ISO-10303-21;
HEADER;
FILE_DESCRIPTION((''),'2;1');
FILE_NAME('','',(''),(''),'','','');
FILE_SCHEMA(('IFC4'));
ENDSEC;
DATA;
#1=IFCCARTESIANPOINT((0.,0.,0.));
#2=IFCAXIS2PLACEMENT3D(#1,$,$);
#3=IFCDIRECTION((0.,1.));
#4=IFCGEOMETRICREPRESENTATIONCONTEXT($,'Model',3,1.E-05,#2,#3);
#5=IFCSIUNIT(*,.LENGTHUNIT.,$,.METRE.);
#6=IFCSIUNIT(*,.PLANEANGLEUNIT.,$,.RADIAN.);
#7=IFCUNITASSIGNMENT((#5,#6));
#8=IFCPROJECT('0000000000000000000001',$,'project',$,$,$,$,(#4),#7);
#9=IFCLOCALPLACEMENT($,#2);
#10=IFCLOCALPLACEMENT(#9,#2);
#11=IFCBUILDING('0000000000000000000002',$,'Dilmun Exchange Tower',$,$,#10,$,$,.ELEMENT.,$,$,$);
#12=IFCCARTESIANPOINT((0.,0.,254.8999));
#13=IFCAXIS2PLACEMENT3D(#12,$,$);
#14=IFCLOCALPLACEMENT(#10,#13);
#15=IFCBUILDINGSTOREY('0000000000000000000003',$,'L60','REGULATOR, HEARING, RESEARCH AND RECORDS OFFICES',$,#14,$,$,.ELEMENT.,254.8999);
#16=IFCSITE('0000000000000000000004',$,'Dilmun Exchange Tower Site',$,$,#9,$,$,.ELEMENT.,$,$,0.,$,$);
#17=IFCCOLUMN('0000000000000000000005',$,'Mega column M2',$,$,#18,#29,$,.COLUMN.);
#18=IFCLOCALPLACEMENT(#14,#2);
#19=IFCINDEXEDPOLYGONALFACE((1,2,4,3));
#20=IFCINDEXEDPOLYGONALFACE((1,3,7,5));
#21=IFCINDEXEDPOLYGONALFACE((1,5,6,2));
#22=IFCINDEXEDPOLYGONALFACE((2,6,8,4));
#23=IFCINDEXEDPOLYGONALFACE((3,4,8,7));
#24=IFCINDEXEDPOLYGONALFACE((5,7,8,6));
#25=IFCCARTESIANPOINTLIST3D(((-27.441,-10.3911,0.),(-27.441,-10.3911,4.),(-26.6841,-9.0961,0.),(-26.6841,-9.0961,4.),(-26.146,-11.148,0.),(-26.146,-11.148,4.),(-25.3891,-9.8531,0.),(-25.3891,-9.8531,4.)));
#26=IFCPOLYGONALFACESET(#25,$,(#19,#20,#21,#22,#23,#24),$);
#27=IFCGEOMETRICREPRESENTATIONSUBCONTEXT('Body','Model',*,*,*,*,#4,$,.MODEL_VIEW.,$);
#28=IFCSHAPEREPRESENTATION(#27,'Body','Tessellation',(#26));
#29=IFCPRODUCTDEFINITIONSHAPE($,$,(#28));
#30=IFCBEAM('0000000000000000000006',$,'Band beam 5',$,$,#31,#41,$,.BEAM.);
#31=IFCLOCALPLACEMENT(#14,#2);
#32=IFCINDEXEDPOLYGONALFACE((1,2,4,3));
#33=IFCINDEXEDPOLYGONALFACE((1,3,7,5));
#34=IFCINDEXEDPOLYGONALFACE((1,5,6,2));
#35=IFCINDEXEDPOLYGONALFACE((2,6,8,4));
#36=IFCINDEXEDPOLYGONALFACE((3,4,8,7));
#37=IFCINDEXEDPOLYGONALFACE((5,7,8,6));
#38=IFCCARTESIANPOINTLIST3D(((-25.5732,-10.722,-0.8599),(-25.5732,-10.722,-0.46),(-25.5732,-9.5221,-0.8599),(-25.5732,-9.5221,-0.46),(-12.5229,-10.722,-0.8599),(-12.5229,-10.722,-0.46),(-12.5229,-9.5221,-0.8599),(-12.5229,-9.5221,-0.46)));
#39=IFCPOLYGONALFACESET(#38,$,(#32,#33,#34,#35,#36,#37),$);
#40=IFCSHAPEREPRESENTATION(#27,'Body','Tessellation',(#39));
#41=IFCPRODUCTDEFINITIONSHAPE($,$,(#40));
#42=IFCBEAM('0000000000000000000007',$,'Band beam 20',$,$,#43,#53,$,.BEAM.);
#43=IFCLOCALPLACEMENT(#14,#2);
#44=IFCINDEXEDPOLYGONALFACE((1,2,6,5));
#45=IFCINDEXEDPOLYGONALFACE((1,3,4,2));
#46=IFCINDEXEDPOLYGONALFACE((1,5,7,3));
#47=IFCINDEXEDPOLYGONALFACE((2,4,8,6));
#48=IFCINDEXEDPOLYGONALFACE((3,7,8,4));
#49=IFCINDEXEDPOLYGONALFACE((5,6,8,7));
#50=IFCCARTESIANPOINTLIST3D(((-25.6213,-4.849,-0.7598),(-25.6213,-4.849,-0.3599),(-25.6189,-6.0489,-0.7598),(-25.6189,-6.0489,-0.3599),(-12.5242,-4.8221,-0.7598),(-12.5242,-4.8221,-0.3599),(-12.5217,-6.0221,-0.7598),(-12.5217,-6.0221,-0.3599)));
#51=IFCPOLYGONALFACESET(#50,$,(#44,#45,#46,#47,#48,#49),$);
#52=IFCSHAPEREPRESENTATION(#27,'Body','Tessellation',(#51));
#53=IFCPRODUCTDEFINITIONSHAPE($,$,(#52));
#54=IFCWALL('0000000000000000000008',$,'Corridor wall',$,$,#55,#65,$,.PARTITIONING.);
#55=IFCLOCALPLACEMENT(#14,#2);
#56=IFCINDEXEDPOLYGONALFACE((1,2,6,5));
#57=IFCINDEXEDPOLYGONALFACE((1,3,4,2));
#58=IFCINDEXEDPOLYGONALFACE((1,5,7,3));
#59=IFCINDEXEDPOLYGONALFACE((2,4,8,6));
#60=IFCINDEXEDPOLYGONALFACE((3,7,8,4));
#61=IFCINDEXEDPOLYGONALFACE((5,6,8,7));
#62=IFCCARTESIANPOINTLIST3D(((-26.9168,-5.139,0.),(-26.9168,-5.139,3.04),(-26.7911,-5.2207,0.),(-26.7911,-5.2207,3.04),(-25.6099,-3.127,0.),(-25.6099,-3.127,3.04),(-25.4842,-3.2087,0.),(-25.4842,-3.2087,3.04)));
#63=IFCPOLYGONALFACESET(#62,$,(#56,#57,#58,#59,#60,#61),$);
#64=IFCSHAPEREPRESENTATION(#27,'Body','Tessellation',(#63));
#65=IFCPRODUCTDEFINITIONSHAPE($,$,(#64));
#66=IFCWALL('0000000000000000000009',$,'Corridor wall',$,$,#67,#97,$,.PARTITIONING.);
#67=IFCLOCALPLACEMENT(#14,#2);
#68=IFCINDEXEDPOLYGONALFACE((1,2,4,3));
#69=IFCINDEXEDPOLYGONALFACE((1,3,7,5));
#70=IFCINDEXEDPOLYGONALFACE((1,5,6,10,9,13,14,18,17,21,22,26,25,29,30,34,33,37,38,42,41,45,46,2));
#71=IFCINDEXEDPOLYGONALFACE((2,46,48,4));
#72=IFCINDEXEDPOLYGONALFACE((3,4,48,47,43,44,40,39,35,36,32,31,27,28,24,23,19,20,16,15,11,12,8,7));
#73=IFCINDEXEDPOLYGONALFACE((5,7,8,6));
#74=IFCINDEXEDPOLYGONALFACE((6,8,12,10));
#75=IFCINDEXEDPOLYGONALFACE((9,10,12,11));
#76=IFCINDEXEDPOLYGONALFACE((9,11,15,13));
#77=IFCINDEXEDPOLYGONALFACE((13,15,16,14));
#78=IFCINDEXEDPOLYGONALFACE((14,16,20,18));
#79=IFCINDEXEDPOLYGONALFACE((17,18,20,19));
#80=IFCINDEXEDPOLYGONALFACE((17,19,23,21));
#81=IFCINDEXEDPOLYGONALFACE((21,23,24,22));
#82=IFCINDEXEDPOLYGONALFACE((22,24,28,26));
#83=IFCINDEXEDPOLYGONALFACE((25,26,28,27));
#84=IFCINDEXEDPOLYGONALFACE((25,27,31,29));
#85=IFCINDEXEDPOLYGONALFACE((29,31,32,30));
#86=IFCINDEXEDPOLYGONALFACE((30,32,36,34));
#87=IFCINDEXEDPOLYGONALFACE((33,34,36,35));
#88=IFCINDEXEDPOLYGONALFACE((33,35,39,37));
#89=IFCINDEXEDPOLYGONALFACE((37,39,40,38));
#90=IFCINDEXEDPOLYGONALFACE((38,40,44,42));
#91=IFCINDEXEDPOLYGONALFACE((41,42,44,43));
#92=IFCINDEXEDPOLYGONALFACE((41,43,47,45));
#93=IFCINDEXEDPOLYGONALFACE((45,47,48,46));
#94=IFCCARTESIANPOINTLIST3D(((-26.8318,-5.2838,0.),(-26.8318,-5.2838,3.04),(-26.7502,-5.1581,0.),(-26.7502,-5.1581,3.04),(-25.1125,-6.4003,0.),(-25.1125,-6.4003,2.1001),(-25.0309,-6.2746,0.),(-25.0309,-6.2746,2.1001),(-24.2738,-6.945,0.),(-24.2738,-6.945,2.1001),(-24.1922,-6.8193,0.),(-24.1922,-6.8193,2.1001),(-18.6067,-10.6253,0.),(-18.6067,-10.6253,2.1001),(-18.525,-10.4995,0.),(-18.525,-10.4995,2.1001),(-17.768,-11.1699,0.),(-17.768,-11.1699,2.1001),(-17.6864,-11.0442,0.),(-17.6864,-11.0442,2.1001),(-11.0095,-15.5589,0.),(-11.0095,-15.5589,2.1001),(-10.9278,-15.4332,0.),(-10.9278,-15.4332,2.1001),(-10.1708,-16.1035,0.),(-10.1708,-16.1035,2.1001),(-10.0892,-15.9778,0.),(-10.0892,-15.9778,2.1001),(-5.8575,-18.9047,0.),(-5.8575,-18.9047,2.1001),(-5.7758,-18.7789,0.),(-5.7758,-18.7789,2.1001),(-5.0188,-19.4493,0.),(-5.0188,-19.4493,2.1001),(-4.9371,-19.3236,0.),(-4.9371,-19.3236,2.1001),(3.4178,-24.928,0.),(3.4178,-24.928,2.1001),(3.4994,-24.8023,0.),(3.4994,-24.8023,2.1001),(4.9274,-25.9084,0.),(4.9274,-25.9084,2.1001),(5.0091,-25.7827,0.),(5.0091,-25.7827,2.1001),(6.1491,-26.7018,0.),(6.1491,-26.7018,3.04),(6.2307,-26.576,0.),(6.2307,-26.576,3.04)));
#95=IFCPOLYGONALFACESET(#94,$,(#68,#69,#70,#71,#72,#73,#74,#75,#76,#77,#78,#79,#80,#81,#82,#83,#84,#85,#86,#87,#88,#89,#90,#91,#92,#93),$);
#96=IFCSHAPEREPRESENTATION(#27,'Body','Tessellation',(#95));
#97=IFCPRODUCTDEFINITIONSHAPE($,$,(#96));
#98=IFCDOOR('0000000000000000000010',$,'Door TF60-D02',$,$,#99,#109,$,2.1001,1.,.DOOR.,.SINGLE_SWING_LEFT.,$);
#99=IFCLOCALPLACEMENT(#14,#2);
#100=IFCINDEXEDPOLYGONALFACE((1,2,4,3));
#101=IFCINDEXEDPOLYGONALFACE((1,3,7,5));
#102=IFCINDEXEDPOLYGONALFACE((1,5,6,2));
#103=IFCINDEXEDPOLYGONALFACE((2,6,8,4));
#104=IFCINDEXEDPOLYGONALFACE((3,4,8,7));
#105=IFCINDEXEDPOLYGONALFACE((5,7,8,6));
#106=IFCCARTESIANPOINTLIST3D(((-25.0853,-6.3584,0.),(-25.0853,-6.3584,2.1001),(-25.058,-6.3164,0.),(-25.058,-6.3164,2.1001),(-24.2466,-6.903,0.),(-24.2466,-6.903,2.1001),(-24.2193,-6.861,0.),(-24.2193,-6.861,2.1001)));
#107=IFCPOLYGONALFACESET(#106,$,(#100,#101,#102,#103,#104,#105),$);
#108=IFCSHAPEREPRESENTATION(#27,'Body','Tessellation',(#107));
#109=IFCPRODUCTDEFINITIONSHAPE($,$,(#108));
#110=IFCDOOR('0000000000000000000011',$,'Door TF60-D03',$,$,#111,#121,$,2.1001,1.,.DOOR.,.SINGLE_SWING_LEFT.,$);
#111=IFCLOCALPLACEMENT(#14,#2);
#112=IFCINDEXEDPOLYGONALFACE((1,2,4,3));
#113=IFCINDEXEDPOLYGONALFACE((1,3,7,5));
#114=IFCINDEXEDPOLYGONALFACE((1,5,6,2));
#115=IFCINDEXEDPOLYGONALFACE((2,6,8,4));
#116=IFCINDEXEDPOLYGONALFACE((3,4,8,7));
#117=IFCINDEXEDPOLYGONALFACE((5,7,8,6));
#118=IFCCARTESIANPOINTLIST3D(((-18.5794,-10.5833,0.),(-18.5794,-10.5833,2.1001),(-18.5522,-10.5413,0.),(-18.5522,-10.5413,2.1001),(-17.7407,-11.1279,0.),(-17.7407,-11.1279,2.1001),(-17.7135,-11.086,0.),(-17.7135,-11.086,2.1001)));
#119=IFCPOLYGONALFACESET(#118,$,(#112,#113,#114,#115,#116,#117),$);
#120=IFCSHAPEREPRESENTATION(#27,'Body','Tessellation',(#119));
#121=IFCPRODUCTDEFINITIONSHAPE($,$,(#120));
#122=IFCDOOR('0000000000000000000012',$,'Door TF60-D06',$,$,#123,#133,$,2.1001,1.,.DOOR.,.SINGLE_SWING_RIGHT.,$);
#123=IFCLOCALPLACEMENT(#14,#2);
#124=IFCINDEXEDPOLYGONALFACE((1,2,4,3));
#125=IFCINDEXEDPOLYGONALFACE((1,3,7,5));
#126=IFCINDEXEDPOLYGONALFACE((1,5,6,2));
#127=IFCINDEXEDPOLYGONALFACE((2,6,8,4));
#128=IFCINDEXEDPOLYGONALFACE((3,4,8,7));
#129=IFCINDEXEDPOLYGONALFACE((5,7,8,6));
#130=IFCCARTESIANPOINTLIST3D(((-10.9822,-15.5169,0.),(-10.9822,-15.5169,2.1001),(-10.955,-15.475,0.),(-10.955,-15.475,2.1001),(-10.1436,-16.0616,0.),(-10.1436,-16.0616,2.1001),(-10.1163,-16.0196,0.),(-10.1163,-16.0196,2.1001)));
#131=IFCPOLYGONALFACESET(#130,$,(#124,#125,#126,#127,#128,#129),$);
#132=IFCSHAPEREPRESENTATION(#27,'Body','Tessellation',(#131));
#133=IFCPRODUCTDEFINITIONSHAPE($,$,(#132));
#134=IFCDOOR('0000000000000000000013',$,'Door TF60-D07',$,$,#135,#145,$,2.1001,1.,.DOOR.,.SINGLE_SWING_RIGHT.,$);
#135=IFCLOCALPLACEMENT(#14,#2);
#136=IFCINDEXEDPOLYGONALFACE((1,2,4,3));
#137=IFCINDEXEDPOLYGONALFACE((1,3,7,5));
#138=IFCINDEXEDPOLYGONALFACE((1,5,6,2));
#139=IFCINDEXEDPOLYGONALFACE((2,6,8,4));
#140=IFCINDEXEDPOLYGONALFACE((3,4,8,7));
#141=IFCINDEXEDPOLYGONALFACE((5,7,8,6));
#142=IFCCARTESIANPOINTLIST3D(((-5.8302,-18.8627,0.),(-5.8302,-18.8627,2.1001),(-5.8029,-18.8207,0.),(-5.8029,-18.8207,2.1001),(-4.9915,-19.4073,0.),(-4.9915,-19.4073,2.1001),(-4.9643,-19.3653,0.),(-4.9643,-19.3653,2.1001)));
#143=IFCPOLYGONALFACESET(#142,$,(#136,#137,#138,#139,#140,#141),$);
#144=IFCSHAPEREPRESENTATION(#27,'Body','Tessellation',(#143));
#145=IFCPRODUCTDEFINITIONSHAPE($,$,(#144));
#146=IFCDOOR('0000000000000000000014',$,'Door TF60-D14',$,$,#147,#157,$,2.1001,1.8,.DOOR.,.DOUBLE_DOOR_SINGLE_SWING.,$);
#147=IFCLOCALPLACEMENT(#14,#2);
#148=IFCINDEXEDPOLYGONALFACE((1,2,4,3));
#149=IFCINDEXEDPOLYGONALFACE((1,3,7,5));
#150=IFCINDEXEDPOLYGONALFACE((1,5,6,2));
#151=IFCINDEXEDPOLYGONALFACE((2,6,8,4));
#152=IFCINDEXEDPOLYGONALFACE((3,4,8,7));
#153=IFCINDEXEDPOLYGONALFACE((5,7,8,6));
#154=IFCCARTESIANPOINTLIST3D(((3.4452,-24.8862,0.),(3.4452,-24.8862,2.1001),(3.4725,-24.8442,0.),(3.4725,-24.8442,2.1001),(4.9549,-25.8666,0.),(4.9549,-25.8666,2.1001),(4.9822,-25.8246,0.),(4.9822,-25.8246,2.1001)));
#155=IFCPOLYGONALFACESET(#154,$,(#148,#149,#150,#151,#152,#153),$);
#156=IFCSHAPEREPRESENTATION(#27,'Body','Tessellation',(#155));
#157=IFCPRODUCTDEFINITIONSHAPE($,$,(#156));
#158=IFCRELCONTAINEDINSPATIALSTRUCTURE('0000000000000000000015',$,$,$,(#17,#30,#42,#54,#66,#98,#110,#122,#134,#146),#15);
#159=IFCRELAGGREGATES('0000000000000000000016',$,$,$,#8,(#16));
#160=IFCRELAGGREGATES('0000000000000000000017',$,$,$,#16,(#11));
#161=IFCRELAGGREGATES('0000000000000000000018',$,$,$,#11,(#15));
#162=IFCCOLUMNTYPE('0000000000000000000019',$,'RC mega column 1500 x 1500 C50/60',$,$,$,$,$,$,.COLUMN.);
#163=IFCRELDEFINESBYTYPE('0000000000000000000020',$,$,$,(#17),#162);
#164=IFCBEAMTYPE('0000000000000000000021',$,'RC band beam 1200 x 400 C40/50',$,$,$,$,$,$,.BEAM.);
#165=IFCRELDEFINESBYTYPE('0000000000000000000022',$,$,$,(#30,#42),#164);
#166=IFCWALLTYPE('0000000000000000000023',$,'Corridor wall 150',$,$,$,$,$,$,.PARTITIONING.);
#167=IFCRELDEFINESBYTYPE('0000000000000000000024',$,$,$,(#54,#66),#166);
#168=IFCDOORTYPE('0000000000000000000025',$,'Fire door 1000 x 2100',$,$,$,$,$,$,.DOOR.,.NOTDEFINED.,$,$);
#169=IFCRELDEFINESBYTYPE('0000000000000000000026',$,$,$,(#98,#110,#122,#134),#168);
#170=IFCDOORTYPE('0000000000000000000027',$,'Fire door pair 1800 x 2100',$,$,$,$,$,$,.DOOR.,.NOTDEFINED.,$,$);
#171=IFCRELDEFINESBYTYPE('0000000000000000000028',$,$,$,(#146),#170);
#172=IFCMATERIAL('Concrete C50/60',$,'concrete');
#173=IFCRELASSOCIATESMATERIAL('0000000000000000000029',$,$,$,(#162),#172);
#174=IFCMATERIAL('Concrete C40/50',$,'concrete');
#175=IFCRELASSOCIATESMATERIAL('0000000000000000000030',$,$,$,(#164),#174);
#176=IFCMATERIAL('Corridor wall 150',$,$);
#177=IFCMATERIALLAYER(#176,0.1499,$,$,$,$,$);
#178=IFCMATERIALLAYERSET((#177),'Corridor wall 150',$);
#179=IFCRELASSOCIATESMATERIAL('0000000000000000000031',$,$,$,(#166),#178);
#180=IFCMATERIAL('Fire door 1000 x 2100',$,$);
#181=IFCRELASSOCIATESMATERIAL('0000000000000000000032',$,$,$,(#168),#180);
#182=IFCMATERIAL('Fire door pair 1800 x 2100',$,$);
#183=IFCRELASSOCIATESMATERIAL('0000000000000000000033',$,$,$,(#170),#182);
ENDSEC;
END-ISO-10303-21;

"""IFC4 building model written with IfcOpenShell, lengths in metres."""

from ifc_helpers import new_model, si_unit, direction, frame, frame_2d, origin, origin_2d, place, context, subcontext, project, spatial, rectangle, extrude, material, layer, layer_set, material_profile, profile_set, type_object, element, fill, save


model = new_model("IFC4")

# Units and contexts
model_context = context("Model", 3, precision=1e-05, world=origin(), true_north=direction((0.0, 1.0)))
body_context = subcontext(model_context, "Body", "Model", "MODEL_VIEW")
ifc_project = project(units=[si_unit("LENGTHUNIT", "METRE"), si_unit("PLANEANGLEUNIT", "RADIAN")], contexts=[model_context])

# Site, building, storey
site_placement = place(None, origin())
site = spatial("IfcSite", under=ifc_project, at=site_placement, Name="Dilmun Exchange Tower Site", CompositionType="ELEMENT", RefElevation=0.0)
building_placement = place(site_placement, origin())
building = spatial("IfcBuilding", under=site, at=building_placement, Name="Dilmun Exchange Tower", CompositionType="ELEMENT")
storey_placement = place(building_placement, frame((0.0, 0.0, 254.8999)))
storey = spatial("IfcBuildingStorey", under=building, at=storey_placement, Name="L60", Description="REGULATOR, HEARING, RESEARCH AND RECORDS OFFICES", CompositionType="ELEMENT", Elevation=254.8999)

# Column
ifc_material_1 = material(Name="Concrete C50/60", Category="concrete")
ifc_material_profile_1 = material_profile(ifc_material_1, rectangle(XDim=1.5, YDim=1.5, at=origin_2d()), Name="1500 x 1500")
ifc_profile_set_1 = profile_set([ifc_material_profile_1], Name="Concrete C50/60")
column_type = type_object("IfcColumnType", Name="RC mega column 1500 x 1500 C50/60", PredefinedType="COLUMN", material=ifc_profile_set_1)
column_placement = place(storey_placement, frame((-26.415, -10.1221, 0.0), z_axis=(0.0, 0.0, 1.0), x_axis=(0.504644, 0.863328, 0.0)))
element("IfcColumn", 1, at=column_placement, inside=storey, type_object=column_type, Name="Mega column M2", PredefinedType="COLUMN", context=body_context, shape_type="SweptSolid", body=[
    extrude(rectangle(XDim=1.5, YDim=1.5, at=origin_2d()), origin(), (0.0, 0.0, 1.0), 4.0),
])

# Beams
ifc_material_2 = material(Name="Concrete C40/50", Category="concrete")
ifc_material_profile_2 = material_profile(ifc_material_2, rectangle(XDim=1.2, YDim=0.3999, at=origin_2d()), Name="1200 x 400")
ifc_profile_set_2 = profile_set([ifc_material_profile_2], Name="Concrete C40/50")
beam_type = type_object("IfcBeamType", Name="RC band beam 1200 x 400 C40/50", PredefinedType="BEAM", material=ifc_profile_set_2)
beam_1_placement = place(storey_placement, frame((-25.5732, -10.1221, -0.6599), z_axis=(1.0, 0.0, 0.0), x_axis=(0.0, 1.0, 0.0)))
element("IfcBeam", 2, at=beam_1_placement, inside=storey, type_object=beam_type, Name="Band beam 5", PredefinedType="BEAM", context=body_context, shape_type="SweptSolid", body=[
    extrude(rectangle(XDim=1.2, YDim=0.3999, at=origin_2d()), origin(), (0.0, 0.0, 1.0), 13.0503),
])
beam_2_placement = place(storey_placement, frame((-25.6201, -5.449, -0.5598), z_axis=(0.999998, 0.00205, 0.0), x_axis=(-0.00205, 0.999998, 0.0)))
element("IfcBeam", 3, at=beam_2_placement, inside=storey, type_object=beam_type, Name="Band beam 20", PredefinedType="BEAM", context=body_context, shape_type="SweptSolid", body=[
    extrude(rectangle(XDim=1.2, YDim=0.3999, at=origin_2d()), origin(), (0.0, 0.0, 1.0), 13.0972),
])

# Wall
ifc_material_3 = material(Name="Corridor wall 150")
ifc_layer_1 = layer(ifc_material_3, 0.1499)
ifc_layer_set_1 = layer_set([ifc_layer_1], Name="Corridor wall 150")
wall_type_1 = type_object("IfcWallType", Name="Corridor wall 150", PredefinedType="PARTITIONING", material=ifc_layer_set_1)
wall_1_placement = place(storey_placement, frame((-26.854, -5.1799, 0.0), z_axis=(0.0, 0.0, 1.0), x_axis=(0.544727, 0.838613, 0.0)))
element("IfcWall", 4, at=wall_1_placement, inside=storey, type_object=wall_type_1, Name="Corridor wall", PredefinedType="PARTITIONING", context=body_context, shape_type="SweptSolid", body=[
    extrude(rectangle(XDim=2.3992, YDim=0.1499, at=frame_2d((1.1997, 0.0))), origin(), (0.0, 0.0, 1.0), 3.04),
])

# Wall, openings, doors
wall_2_placement = place(storey_placement, frame((-26.791, -5.2209, 0.0), z_axis=(0.0, 0.0, 1.0), x_axis=(0.838672, -0.544637, 0.0)))
wall_2 = element("IfcWall", 5, at=wall_2_placement, inside=storey, type_object=wall_type_1, Name="Corridor wall", PredefinedType="PARTITIONING", context=body_context, shape_type="SweptSolid", body=[
    extrude(rectangle(XDim=39.3252, YDim=0.1499, at=frame_2d((19.6626, 0.0))), origin(), (0.0, 0.0, 1.0), 3.04),
])
opening_1_placement = place(wall_2_placement, frame((2.05, 0.0, 0.0)))
opening_1 = element("IfcOpeningElement", 6, at=opening_1_placement, cuts=wall_2, PredefinedType="OPENING", context=body_context, shape_type="SweptSolid", body=[
    extrude(rectangle(XDim=1.0, YDim=2.1001, at=frame_2d((0.5, 1.05))), frame((0.0, 0.085, 0.0), z_axis=(0.0, -1.0, 0.0), x_axis=(1.0, 0.0, 0.0)), (0.0, 0.0, 1.0), 0.1699),
])
opening_2_placement = place(wall_2_placement, frame((9.8074, 0.0, 0.0)))
opening_2 = element("IfcOpeningElement", 7, at=opening_2_placement, cuts=wall_2, PredefinedType="OPENING", context=body_context, shape_type="SweptSolid", body=[
    extrude(rectangle(XDim=1.0, YDim=2.1001, at=frame_2d((0.5, 1.05))), frame((0.0, 0.085, 0.0), z_axis=(0.0, -1.0, 0.0), x_axis=(1.0, 0.0, 0.0)), (0.0, 0.0, 1.0), 0.1699),
])
opening_3_placement = place(wall_2_placement, frame((18.866, 0.0, 0.0)))
opening_3 = element("IfcOpeningElement", 8, at=opening_3_placement, cuts=wall_2, PredefinedType="OPENING", context=body_context, shape_type="SweptSolid", body=[
    extrude(rectangle(XDim=1.0, YDim=2.1001, at=frame_2d((0.5, 1.05))), frame((0.0, 0.085, 0.0), z_axis=(0.0, -1.0, 0.0), x_axis=(1.0, 0.0, 0.0)), (0.0, 0.0, 1.0), 0.1699),
])
opening_4_placement = place(wall_2_placement, frame((25.009, 0.0, 0.0)))
opening_4 = element("IfcOpeningElement", 9, at=opening_4_placement, cuts=wall_2, PredefinedType="OPENING", context=body_context, shape_type="SweptSolid", body=[
    extrude(rectangle(XDim=1.0, YDim=2.1001, at=frame_2d((0.5, 1.05))), frame((0.0, 0.085, 0.0), z_axis=(0.0, -1.0, 0.0), x_axis=(1.0, 0.0, 0.0)), (0.0, 0.0, 1.0), 0.1699),
])
opening_5_placement = place(wall_2_placement, frame((36.0686, 0.0, 0.0)))
opening_5 = element("IfcOpeningElement", 10, at=opening_5_placement, cuts=wall_2, PredefinedType="OPENING", context=body_context, shape_type="SweptSolid", body=[
    extrude(rectangle(XDim=1.8, YDim=2.1001, at=frame_2d((0.8999, 1.05))), frame((0.0, 0.085, 0.0), z_axis=(0.0, -1.0, 0.0), x_axis=(1.0, 0.0, 0.0)), (0.0, 0.0, 1.0), 0.1699),
])
ifc_material_4 = material(Name="Fire door 1000 x 2100")
door_type_1 = type_object("IfcDoorType", Name="Fire door 1000 x 2100", OperationType="NOTDEFINED", PredefinedType="DOOR", material=ifc_material_4)
door_1_placement = place(opening_1_placement, frame((1.0, 0.0, 0.0), z_axis=(0.0, 0.0, 1.0), x_axis=(-1.0, 0.0, 0.0)))
door_1 = element("IfcDoor", 11, at=door_1_placement, inside=storey, type_object=door_type_1, Name="Door TF60-D02", OperationType="SINGLE_SWING_LEFT", OverallHeight=2.1001, OverallWidth=1.0, PredefinedType="DOOR", context=body_context, shape_type="SweptSolid", body=[
    extrude(rectangle(XDim=1.0, YDim=2.1001, at=frame_2d((0.5, 1.05))), frame((0.0, 0.0249, 0.0), z_axis=(0.0, -1.0, 0.0), x_axis=(1.0, 0.0, 0.0)), (0.0, 0.0, 1.0), 0.05),
])
fill(opening_1, door_1)
door_2_placement = place(opening_2_placement, frame((1.0, 0.0, 0.0), z_axis=(0.0, 0.0, 1.0), x_axis=(-1.0, 0.0, 0.0)))
door_2 = element("IfcDoor", 12, at=door_2_placement, inside=storey, type_object=door_type_1, Name="Door TF60-D03", OperationType="SINGLE_SWING_LEFT", OverallHeight=2.1001, OverallWidth=1.0, PredefinedType="DOOR", context=body_context, shape_type="SweptSolid", body=[
    extrude(rectangle(XDim=1.0, YDim=2.1001, at=frame_2d((0.5, 1.05))), frame((0.0, 0.0249, 0.0), z_axis=(0.0, -1.0, 0.0), x_axis=(1.0, 0.0, 0.0)), (0.0, 0.0, 1.0), 0.05),
])
fill(opening_2, door_2)
door_3_placement = place(opening_3_placement, frame((1.0, 0.0, 0.0), z_axis=(0.0, 0.0, 1.0), x_axis=(-1.0, 0.0, 0.0)))
door_3 = element("IfcDoor", 13, at=door_3_placement, inside=storey, type_object=door_type_1, Name="Door TF60-D06", OperationType="SINGLE_SWING_RIGHT", OverallHeight=2.1001, OverallWidth=1.0, PredefinedType="DOOR", context=body_context, shape_type="SweptSolid", body=[
    extrude(rectangle(XDim=1.0, YDim=2.1001, at=frame_2d((0.5, 1.05))), frame((0.0, 0.0249, 0.0), z_axis=(0.0, -1.0, 0.0), x_axis=(1.0, 0.0, 0.0)), (0.0, 0.0, 1.0), 0.05),
])
fill(opening_3, door_3)
door_4_placement = place(opening_4_placement, frame((1.0, 0.0, 0.0), z_axis=(0.0, 0.0, 1.0), x_axis=(-1.0, 0.0, 0.0)))
door_4 = element("IfcDoor", 14, at=door_4_placement, inside=storey, type_object=door_type_1, Name="Door TF60-D07", OperationType="SINGLE_SWING_RIGHT", OverallHeight=2.1001, OverallWidth=1.0, PredefinedType="DOOR", context=body_context, shape_type="SweptSolid", body=[
    extrude(rectangle(XDim=1.0, YDim=2.1001, at=frame_2d((0.5, 1.05))), frame((0.0, 0.0249, 0.0), z_axis=(0.0, -1.0, 0.0), x_axis=(1.0, 0.0, 0.0)), (0.0, 0.0, 1.0), 0.05),
])
fill(opening_4, door_4)
ifc_material_5 = material(Name="Fire door pair 1800 x 2100")
door_type_2 = type_object("IfcDoorType", Name="Fire door pair 1800 x 2100", OperationType="NOTDEFINED", PredefinedType="DOOR", material=ifc_material_5)
door_5_placement = place(opening_5_placement, frame((1.8, 0.0, 0.0), z_axis=(0.0, 0.0, 1.0), x_axis=(-1.0, 0.0, 0.0)))
door_5 = element("IfcDoor", 15, at=door_5_placement, inside=storey, type_object=door_type_2, Name="Door TF60-D14", OperationType="DOUBLE_DOOR_SINGLE_SWING", OverallHeight=2.1001, OverallWidth=1.8, PredefinedType="DOOR", context=body_context, shape_type="SweptSolid", body=[
    extrude(rectangle(XDim=1.8, YDim=2.1001, at=frame_2d((0.8999, 1.05))), frame((0.0, 0.0249, 0.0), z_axis=(0.0, -1.0, 0.0), x_axis=(1.0, 0.0, 0.0)), (0.0, 0.0, 1.0), 0.05),
])
fill(opening_5, door_5)

save(model, "model.ifc")
